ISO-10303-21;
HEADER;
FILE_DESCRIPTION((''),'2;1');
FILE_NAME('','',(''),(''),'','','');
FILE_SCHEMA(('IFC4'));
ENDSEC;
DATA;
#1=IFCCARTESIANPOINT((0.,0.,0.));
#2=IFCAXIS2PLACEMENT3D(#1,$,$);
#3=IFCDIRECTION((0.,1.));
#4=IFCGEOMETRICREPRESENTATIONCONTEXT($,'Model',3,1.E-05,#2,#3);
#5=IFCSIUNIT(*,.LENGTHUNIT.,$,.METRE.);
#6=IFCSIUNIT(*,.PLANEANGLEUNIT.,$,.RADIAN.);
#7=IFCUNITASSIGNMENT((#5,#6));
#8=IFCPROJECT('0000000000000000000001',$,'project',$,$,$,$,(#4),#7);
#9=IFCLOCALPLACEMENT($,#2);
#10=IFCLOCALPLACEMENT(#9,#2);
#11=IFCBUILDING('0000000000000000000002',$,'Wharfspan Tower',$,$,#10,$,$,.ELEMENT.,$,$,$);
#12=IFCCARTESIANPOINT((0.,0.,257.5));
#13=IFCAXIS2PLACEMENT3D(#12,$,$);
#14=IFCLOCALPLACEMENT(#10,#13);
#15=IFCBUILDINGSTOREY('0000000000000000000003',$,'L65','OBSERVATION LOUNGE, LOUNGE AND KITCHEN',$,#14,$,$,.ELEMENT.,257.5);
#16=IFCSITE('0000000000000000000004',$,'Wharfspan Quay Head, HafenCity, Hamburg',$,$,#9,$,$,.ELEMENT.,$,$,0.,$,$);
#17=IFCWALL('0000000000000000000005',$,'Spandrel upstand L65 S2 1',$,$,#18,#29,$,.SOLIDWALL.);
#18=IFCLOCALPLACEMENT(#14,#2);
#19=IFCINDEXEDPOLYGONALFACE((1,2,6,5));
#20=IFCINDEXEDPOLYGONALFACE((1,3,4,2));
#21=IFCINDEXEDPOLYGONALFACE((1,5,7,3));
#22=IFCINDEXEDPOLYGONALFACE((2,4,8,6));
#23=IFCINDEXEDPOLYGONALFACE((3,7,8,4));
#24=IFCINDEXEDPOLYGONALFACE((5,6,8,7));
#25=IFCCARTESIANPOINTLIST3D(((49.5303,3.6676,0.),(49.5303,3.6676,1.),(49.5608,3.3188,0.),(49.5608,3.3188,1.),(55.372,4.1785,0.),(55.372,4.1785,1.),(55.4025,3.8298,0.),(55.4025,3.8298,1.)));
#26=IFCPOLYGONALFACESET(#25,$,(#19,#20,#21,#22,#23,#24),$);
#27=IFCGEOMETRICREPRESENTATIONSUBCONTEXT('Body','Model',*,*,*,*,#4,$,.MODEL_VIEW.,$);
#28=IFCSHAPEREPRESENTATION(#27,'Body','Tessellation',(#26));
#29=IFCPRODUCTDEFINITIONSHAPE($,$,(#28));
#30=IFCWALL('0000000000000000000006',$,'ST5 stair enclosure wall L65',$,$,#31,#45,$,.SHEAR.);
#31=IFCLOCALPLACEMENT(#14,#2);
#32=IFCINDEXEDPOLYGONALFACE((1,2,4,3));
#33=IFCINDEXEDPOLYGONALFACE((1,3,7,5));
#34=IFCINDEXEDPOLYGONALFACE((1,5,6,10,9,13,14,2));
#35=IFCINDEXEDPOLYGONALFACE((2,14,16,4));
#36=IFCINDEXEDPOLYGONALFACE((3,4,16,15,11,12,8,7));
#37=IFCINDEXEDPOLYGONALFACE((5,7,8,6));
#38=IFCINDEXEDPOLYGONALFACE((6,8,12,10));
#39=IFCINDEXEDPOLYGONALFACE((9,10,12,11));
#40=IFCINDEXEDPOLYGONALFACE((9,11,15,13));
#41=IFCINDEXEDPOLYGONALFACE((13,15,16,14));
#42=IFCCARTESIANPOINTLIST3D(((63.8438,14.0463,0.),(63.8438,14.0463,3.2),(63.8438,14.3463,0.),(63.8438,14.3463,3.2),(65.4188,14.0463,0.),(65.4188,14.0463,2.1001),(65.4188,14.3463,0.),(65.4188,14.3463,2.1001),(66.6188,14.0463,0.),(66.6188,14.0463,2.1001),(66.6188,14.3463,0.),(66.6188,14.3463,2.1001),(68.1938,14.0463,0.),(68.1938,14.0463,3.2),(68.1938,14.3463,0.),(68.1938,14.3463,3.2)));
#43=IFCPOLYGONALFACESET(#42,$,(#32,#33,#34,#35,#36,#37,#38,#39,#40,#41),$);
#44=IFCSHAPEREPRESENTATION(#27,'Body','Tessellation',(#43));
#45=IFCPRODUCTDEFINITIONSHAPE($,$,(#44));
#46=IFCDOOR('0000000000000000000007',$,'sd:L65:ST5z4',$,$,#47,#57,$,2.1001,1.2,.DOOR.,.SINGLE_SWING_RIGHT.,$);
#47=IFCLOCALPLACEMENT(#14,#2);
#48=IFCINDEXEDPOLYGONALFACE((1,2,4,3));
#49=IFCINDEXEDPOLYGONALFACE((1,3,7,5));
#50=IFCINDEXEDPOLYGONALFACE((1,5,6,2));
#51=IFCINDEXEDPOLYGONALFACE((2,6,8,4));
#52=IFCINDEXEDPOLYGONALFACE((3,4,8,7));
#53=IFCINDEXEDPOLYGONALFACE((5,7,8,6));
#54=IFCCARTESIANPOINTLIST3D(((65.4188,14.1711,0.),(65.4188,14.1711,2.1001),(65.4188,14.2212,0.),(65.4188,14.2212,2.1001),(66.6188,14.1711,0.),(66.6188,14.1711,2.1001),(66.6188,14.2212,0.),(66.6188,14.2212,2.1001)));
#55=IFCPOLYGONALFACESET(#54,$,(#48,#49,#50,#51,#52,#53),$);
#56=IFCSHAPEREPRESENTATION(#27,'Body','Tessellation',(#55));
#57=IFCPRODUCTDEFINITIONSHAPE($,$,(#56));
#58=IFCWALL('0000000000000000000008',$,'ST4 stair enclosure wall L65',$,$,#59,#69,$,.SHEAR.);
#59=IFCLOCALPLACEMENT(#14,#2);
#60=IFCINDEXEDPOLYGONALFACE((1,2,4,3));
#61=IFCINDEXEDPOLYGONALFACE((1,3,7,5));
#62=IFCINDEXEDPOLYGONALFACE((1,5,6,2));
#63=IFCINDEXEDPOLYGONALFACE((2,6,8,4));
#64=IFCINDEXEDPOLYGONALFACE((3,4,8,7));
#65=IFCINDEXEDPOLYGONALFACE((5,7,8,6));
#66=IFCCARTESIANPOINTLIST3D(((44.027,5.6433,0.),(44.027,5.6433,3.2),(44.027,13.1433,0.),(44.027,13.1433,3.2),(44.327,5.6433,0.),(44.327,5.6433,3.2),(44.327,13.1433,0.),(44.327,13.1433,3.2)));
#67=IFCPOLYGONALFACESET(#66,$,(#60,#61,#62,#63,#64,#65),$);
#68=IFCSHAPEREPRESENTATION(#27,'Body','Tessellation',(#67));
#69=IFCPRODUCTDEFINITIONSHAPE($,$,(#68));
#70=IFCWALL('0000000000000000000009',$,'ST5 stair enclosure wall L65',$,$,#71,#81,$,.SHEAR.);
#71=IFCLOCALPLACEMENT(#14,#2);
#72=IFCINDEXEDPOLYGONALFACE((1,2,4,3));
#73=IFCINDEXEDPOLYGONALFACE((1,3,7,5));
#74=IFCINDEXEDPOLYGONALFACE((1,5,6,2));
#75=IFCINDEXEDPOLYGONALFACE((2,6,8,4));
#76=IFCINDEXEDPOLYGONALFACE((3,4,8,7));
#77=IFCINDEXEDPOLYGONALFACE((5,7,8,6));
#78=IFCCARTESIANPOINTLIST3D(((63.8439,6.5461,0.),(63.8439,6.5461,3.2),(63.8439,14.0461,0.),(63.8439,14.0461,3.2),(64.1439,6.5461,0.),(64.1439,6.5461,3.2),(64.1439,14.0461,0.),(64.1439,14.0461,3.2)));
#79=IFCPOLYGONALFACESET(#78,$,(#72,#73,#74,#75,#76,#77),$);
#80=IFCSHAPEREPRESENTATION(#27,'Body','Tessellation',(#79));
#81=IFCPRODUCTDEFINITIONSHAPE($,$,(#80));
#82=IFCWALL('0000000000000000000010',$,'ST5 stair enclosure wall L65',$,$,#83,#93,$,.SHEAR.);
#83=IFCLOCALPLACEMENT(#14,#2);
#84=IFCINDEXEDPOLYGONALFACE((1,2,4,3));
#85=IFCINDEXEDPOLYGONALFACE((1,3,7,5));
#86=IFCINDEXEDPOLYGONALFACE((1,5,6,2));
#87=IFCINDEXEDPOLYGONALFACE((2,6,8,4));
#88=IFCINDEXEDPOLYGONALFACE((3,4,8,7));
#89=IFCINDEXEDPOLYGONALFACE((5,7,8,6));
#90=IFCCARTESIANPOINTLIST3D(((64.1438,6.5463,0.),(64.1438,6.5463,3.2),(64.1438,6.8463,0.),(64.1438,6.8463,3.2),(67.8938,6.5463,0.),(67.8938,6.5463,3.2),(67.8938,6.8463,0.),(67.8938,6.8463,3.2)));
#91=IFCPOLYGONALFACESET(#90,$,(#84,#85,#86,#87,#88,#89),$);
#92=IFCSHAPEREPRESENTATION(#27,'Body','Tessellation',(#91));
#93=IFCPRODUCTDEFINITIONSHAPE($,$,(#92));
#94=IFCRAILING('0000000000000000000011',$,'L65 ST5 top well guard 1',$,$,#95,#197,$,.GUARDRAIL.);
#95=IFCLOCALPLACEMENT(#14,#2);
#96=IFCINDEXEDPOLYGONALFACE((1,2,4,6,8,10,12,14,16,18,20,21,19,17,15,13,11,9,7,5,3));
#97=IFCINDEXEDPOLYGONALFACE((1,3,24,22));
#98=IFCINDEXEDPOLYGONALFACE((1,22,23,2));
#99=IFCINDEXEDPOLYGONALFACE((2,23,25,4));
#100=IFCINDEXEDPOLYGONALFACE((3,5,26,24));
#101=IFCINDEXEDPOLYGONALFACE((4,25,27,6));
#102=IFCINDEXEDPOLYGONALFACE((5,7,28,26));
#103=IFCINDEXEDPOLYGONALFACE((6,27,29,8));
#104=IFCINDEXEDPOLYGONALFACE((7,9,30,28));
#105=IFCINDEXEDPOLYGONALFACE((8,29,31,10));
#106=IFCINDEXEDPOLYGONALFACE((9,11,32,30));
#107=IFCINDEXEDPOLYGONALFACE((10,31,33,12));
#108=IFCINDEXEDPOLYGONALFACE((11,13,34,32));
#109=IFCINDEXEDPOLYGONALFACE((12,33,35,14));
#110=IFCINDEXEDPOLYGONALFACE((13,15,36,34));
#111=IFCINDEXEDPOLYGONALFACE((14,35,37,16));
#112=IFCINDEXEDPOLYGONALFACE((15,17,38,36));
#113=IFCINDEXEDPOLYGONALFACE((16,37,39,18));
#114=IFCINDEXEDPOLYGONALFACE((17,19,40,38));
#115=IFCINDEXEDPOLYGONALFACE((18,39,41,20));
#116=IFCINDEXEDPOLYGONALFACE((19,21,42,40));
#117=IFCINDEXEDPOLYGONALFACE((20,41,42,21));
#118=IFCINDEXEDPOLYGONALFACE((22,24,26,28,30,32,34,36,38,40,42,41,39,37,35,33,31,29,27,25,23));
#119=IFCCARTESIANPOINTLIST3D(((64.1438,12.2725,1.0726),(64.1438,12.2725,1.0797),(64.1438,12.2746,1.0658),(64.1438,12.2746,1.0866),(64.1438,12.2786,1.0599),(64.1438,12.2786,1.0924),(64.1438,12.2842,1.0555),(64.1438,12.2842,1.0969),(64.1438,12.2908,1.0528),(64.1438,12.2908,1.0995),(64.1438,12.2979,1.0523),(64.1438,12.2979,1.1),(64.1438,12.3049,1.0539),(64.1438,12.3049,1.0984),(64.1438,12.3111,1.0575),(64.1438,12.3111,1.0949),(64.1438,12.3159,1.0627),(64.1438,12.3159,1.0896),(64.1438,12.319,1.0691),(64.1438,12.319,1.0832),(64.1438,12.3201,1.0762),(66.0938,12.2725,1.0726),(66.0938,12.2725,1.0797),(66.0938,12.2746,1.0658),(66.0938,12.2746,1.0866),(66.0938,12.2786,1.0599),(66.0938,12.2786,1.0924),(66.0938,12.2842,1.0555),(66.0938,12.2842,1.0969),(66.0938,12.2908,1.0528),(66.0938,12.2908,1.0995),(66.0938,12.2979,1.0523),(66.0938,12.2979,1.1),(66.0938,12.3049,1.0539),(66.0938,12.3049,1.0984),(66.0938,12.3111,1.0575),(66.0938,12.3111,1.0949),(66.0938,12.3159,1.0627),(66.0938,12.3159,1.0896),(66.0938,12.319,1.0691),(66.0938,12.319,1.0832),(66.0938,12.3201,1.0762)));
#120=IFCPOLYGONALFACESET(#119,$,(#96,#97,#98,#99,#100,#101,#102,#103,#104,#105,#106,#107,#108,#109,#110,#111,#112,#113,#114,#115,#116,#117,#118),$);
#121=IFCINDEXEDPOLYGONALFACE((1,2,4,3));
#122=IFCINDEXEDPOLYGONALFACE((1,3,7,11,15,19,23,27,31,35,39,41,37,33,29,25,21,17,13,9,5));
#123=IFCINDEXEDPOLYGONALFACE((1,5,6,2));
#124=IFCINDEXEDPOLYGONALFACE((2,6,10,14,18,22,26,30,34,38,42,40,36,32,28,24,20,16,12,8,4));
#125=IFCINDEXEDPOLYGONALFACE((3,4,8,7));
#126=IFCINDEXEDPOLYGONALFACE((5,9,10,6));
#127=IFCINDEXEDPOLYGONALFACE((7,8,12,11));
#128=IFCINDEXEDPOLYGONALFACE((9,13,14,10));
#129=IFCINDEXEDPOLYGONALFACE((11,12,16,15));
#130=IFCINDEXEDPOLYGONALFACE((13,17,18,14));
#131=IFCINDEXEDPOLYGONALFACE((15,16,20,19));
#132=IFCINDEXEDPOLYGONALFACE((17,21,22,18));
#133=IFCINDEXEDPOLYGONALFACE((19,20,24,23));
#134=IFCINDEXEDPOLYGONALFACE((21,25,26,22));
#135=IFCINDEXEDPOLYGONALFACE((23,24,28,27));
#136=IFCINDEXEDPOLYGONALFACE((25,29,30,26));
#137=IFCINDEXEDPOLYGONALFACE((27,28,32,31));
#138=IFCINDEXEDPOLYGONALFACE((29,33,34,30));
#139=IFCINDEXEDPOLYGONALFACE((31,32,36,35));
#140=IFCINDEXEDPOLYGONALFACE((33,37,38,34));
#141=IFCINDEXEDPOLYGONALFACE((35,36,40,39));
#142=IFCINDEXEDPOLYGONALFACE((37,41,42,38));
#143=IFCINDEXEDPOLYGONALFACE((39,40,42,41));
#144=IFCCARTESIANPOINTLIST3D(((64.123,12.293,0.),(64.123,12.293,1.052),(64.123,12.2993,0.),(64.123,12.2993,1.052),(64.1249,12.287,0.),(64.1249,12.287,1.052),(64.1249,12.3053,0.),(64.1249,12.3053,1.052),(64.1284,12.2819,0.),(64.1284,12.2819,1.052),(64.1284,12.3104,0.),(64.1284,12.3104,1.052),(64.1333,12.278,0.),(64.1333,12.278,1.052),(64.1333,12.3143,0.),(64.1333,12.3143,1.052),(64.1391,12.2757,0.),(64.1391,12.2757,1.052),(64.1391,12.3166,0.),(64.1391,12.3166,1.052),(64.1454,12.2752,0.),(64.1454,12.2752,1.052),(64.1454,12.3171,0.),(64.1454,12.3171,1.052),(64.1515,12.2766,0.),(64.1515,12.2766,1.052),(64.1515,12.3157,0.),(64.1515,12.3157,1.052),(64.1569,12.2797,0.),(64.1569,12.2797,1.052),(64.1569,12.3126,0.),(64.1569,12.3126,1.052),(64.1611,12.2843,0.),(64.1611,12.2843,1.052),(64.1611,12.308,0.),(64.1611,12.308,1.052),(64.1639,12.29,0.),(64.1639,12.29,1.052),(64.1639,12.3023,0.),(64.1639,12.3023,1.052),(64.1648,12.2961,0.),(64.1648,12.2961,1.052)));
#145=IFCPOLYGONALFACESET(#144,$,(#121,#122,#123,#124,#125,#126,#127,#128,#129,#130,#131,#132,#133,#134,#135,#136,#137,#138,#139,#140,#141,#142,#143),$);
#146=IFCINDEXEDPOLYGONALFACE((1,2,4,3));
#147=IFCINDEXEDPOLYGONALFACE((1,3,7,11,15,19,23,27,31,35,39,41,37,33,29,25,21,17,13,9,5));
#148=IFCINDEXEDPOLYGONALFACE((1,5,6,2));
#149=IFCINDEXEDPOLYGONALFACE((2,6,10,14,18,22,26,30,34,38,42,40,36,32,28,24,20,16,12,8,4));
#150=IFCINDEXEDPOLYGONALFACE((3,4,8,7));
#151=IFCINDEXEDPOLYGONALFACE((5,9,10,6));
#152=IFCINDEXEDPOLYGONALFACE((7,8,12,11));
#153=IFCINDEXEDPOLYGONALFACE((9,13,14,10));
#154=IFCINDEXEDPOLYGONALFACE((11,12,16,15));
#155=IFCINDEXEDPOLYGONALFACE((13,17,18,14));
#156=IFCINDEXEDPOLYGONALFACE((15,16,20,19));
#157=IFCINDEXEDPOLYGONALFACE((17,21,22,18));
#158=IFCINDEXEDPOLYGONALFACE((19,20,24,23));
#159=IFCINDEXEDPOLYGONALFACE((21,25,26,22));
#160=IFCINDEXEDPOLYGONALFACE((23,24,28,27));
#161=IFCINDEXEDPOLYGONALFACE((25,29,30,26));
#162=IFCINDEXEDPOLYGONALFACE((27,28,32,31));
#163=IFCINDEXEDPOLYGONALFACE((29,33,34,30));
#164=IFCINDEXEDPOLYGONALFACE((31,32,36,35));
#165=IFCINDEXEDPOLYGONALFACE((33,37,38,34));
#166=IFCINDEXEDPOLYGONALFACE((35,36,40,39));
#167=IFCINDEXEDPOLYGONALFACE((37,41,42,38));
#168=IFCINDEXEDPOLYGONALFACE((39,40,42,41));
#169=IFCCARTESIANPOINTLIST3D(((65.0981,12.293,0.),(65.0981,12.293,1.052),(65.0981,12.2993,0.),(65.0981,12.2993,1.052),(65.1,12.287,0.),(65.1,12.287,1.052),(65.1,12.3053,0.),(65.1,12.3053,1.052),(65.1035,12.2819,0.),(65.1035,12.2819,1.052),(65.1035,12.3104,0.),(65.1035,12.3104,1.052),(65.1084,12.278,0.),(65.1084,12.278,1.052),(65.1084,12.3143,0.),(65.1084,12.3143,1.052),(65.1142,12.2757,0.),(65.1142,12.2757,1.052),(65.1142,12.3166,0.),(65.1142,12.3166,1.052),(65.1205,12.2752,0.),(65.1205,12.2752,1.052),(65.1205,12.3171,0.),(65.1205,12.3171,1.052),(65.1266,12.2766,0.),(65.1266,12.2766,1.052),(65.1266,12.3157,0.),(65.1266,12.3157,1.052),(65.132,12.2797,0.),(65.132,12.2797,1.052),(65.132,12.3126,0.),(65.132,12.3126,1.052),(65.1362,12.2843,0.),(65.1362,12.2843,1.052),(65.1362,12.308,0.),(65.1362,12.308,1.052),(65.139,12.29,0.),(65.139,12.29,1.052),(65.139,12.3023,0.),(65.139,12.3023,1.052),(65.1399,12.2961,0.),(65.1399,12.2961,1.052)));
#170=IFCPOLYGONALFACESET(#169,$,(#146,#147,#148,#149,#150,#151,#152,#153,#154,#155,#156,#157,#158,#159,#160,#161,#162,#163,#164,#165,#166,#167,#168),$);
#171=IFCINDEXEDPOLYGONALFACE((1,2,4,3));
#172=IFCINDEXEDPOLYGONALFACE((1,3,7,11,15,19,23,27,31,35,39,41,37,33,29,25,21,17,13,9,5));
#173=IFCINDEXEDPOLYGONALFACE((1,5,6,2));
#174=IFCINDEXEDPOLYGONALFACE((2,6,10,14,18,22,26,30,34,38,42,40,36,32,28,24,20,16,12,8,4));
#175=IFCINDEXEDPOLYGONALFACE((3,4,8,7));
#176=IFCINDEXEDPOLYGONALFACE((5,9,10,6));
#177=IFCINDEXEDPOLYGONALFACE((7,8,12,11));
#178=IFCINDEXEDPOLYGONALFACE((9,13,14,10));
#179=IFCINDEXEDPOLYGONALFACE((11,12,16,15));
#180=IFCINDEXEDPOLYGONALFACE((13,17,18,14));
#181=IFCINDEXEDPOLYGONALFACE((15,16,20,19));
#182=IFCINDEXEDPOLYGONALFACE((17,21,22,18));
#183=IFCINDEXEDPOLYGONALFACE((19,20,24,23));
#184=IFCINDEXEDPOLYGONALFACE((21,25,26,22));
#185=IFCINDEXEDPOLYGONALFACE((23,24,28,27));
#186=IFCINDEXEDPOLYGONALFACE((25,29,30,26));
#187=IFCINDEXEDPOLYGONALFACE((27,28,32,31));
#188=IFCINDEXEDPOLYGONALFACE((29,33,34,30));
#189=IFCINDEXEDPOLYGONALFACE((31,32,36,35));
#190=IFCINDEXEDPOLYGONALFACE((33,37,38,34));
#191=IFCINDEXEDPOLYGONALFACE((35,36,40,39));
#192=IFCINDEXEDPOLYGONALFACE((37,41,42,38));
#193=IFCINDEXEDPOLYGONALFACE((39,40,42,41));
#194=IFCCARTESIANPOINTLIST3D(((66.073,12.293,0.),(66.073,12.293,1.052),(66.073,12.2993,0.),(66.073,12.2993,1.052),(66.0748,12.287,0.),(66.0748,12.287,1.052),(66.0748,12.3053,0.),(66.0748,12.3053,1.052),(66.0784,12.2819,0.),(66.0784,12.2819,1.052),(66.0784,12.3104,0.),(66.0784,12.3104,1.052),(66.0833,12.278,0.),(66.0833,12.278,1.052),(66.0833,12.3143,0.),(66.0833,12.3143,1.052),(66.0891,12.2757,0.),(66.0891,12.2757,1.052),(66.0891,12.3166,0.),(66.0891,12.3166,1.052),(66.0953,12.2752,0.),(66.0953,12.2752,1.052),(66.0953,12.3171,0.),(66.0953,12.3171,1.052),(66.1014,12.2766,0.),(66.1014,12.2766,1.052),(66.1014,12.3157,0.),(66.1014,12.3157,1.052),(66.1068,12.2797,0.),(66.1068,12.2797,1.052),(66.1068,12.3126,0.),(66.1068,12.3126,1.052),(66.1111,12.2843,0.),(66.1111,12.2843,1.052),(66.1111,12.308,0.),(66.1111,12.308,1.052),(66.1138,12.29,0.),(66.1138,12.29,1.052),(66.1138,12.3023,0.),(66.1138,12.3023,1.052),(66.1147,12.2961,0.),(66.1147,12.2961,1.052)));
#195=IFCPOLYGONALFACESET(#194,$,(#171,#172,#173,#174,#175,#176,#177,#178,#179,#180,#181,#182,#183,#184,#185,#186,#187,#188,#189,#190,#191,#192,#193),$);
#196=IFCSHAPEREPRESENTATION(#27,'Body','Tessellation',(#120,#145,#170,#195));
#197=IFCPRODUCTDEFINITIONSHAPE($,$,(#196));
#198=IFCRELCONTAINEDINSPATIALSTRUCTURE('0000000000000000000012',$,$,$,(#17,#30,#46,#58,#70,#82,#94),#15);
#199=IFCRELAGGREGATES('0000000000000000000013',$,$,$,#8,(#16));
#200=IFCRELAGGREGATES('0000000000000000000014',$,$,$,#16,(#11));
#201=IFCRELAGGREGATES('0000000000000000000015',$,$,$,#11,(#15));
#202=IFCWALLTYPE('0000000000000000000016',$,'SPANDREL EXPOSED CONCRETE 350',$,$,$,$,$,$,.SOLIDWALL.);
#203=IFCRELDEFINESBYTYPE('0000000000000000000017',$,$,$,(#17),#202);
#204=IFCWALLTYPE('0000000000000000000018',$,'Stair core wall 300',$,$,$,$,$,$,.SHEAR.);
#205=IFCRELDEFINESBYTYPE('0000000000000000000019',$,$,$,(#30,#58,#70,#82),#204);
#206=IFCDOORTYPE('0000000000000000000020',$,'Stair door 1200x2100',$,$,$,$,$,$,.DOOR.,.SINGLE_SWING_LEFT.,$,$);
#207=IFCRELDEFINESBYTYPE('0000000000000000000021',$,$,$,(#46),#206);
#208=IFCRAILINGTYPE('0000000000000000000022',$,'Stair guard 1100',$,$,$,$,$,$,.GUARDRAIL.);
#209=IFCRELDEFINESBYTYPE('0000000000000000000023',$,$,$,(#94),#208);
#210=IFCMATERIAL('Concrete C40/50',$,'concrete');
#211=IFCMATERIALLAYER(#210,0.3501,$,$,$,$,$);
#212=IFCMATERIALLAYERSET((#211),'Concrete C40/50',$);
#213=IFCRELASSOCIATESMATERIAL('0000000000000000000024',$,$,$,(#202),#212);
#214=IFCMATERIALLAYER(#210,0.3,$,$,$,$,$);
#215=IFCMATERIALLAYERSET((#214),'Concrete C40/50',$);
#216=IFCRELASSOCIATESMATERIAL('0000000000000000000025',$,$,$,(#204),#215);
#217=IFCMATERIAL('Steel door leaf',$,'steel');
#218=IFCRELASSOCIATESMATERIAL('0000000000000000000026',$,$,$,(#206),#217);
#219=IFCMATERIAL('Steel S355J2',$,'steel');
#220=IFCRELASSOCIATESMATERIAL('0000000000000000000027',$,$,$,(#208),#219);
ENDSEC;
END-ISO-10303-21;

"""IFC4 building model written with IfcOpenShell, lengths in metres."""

from ifc_helpers import new_model, si_unit, direction, frame, frame_2d, origin, origin_2d, place, context, subcontext, project, spatial, rectangle, circle, extrude, material, layer, layer_set, type_object, element, fill, save


model = new_model("IFC4")

# Units and contexts
model_context = context("Model", 3, precision=1e-05, world=origin(), true_north=direction((0.0, 1.0)))
body_context = subcontext(model_context, "Body", "Model", "MODEL_VIEW")
ifc_project = project(units=[si_unit("LENGTHUNIT", "METRE"), si_unit("PLANEANGLEUNIT", "RADIAN")], contexts=[model_context])

# Site, building, storey
site_placement = place(None, origin())
site = spatial("IfcSite", under=ifc_project, at=site_placement, Name="Wharfspan Quay Head, HafenCity, Hamburg", CompositionType="ELEMENT", RefElevation=0.0)
building_placement = place(site_placement, origin())
building = spatial("IfcBuilding", under=site, at=building_placement, Name="Wharfspan Tower", CompositionType="ELEMENT")
storey_placement = place(building_placement, frame((0.0, 0.0, 257.5)))
storey = spatial("IfcBuildingStorey", under=building, at=storey_placement, Name="L65", Description="OBSERVATION LOUNGE, LOUNGE AND KITCHEN", CompositionType="ELEMENT", Elevation=257.5)

# Shared definitions
ifc_material_1 = material(Name="Steel S355J2", Category="steel")

# Wall
ifc_material_2 = material(Name="Concrete C40/50", Category="concrete")
ifc_layer_1 = layer(ifc_material_2, 0.3501)
ifc_layer_set_1 = layer_set([ifc_layer_1], Name="Concrete C40/50")
wall_type_1 = type_object("IfcWallType", Name="SPANDREL EXPOSED CONCRETE 350", PredefinedType="SOLIDWALL", material=ifc_layer_set_1)
wall_1_placement = place(storey_placement, frame((49.5454, 3.4932, 0.0), z_axis=(0.0, 0.0, 1.0), x_axis=(0.996196, 0.087138, 0.0)))
element("IfcWall", 1, at=wall_1_placement, inside=storey, type_object=wall_type_1, Name="Spandrel upstand L65 S2 1", PredefinedType="SOLIDWALL", context=body_context, shape_type="SweptSolid", body=[
    extrude(rectangle(XDim=5.864, YDim=0.3501, at=frame_2d((2.9321, 0.0))), origin(), (0.0, 0.0, 1.0), 1.0),
])

# Wall, opening, door
ifc_layer_2 = layer(ifc_material_2, 0.3)
ifc_layer_set_2 = layer_set([ifc_layer_2], Name="Concrete C40/50")
wall_type_2 = type_object("IfcWallType", Name="Stair core wall 300", PredefinedType="SHEAR", material=ifc_layer_set_2)
wall_2_placement = place(storey_placement, frame((63.8438, 14.1963, 0.0), z_axis=(0.0, 0.0, 1.0), x_axis=(1.0, 0.0, 0.0)))
wall_2 = element("IfcWall", 2, at=wall_2_placement, inside=storey, type_object=wall_type_2, Name="ST5 stair enclosure wall L65", PredefinedType="SHEAR", context=body_context, shape_type="SweptSolid", body=[
    extrude(rectangle(XDim=4.3501, YDim=0.3, at=frame_2d((2.175, 0.0))), origin(), (0.0, 0.0, 1.0), 3.2),
])
opening_placement = place(wall_2_placement, frame((1.575, 0.0, 0.0)))
opening = element("IfcOpeningElement", 3, at=opening_placement, cuts=wall_2, PredefinedType="OPENING", context=body_context, shape_type="SweptSolid", body=[
    extrude(rectangle(XDim=1.2, YDim=2.1001, at=frame_2d((0.6001, 1.05))), frame((0.0, 0.1599, 0.0), z_axis=(0.0, -1.0, 0.0), x_axis=(1.0, 0.0, 0.0)), (0.0, 0.0, 1.0), 0.3201),
])
ifc_material_3 = material(Name="Steel door leaf", Category="steel")
door_type = type_object("IfcDoorType", Name="Stair door 1200x2100", OperationType="SINGLE_SWING_LEFT", PredefinedType="DOOR", material=ifc_material_3)
door_placement = place(opening_placement, origin())
door = element("IfcDoor", 4, at=door_placement, inside=storey, type_object=door_type, Name="sd:L65:ST5z4", OperationType="SINGLE_SWING_RIGHT", OverallHeight=2.1001, OverallWidth=1.2, PredefinedType="DOOR", context=body_context, shape_type="SweptSolid", body=[
    extrude(rectangle(XDim=1.2, YDim=2.1001, at=frame_2d((0.6001, 1.05))), frame((0.0, 0.0249, 0.0), z_axis=(0.0, -1.0, 0.0), x_axis=(1.0, 0.0, 0.0)), (0.0, 0.0, 1.0), 0.05),
])
fill(opening, door)

# Walls
for number, where, z_axis, x_axis, name in (
    (5, (44.177, 5.6433, 0.0), (0.0, 0.0, 1.0), (0.0, 1.0, 0.0), "ST4 stair enclosure wall L65"),
    (6, (63.9939, 6.5461, 0.0), (0.0, 0.0, 1.0), (0.0, 1.0, 0.0), "ST5 stair enclosure wall L65"),
):
    element("IfcWall", number, at=place(storey_placement, frame(where, z_axis=z_axis, x_axis=x_axis)), inside=storey, type_object=wall_type_2, Name=name, PredefinedType="SHEAR", context=body_context, shape_type="SweptSolid", body=[
        extrude(rectangle(XDim=7.5, YDim=0.3, at=frame_2d((3.75, 0.0))), origin(), (0.0, 0.0, 1.0), 3.2),
    ])
wall_3_placement = place(storey_placement, frame((64.1438, 6.6963, 0.0), z_axis=(0.0, 0.0, 1.0), x_axis=(1.0, 0.0, 0.0)))
element("IfcWall", 7, at=wall_3_placement, inside=storey, type_object=wall_type_2, Name="ST5 stair enclosure wall L65", PredefinedType="SHEAR", context=body_context, shape_type="SweptSolid", body=[
    extrude(rectangle(XDim=3.75, YDim=0.3, at=frame_2d((1.875, 0.0))), origin(), (0.0, 0.0, 1.0), 3.2),
])

# Railing
railing_type = type_object("IfcRailingType", Name="Stair guard 1100", PredefinedType="GUARDRAIL", material=ifc_material_1)
railing_placement = place(storey_placement, frame((64.1438, 12.2961, 0.0)))
element("IfcRailing", 8, at=railing_placement, inside=storey, type_object=railing_type, Name="L65 ST5 top well guard 1", PredefinedType="GUARDRAIL", context=body_context, shape_type="SweptSolid", body=[
    extrude(circle(Radius=0.0239, at=origin_2d()), frame((0.0, 0.0, 1.0762), z_axis=(1.0, 0.0, 0.0), x_axis=(0.0, 1.0, 0.0)), (0.0, 0.0, 1.0), 1.95),
    extrude(circle(Radius=0.021, at=origin_2d()), origin(), (0.0, 0.0, 1.0), 1.052),
    extrude(circle(Radius=0.021, at=origin_2d()), frame((0.9751, 0.0, 0.0)), (0.0, 0.0, 1.0), 1.052),
    extrude(circle(Radius=0.021, at=origin_2d()), frame((1.95, 0.0, 0.0)), (0.0, 0.0, 1.0), 1.052),
])

save(model, "model.ifc")
